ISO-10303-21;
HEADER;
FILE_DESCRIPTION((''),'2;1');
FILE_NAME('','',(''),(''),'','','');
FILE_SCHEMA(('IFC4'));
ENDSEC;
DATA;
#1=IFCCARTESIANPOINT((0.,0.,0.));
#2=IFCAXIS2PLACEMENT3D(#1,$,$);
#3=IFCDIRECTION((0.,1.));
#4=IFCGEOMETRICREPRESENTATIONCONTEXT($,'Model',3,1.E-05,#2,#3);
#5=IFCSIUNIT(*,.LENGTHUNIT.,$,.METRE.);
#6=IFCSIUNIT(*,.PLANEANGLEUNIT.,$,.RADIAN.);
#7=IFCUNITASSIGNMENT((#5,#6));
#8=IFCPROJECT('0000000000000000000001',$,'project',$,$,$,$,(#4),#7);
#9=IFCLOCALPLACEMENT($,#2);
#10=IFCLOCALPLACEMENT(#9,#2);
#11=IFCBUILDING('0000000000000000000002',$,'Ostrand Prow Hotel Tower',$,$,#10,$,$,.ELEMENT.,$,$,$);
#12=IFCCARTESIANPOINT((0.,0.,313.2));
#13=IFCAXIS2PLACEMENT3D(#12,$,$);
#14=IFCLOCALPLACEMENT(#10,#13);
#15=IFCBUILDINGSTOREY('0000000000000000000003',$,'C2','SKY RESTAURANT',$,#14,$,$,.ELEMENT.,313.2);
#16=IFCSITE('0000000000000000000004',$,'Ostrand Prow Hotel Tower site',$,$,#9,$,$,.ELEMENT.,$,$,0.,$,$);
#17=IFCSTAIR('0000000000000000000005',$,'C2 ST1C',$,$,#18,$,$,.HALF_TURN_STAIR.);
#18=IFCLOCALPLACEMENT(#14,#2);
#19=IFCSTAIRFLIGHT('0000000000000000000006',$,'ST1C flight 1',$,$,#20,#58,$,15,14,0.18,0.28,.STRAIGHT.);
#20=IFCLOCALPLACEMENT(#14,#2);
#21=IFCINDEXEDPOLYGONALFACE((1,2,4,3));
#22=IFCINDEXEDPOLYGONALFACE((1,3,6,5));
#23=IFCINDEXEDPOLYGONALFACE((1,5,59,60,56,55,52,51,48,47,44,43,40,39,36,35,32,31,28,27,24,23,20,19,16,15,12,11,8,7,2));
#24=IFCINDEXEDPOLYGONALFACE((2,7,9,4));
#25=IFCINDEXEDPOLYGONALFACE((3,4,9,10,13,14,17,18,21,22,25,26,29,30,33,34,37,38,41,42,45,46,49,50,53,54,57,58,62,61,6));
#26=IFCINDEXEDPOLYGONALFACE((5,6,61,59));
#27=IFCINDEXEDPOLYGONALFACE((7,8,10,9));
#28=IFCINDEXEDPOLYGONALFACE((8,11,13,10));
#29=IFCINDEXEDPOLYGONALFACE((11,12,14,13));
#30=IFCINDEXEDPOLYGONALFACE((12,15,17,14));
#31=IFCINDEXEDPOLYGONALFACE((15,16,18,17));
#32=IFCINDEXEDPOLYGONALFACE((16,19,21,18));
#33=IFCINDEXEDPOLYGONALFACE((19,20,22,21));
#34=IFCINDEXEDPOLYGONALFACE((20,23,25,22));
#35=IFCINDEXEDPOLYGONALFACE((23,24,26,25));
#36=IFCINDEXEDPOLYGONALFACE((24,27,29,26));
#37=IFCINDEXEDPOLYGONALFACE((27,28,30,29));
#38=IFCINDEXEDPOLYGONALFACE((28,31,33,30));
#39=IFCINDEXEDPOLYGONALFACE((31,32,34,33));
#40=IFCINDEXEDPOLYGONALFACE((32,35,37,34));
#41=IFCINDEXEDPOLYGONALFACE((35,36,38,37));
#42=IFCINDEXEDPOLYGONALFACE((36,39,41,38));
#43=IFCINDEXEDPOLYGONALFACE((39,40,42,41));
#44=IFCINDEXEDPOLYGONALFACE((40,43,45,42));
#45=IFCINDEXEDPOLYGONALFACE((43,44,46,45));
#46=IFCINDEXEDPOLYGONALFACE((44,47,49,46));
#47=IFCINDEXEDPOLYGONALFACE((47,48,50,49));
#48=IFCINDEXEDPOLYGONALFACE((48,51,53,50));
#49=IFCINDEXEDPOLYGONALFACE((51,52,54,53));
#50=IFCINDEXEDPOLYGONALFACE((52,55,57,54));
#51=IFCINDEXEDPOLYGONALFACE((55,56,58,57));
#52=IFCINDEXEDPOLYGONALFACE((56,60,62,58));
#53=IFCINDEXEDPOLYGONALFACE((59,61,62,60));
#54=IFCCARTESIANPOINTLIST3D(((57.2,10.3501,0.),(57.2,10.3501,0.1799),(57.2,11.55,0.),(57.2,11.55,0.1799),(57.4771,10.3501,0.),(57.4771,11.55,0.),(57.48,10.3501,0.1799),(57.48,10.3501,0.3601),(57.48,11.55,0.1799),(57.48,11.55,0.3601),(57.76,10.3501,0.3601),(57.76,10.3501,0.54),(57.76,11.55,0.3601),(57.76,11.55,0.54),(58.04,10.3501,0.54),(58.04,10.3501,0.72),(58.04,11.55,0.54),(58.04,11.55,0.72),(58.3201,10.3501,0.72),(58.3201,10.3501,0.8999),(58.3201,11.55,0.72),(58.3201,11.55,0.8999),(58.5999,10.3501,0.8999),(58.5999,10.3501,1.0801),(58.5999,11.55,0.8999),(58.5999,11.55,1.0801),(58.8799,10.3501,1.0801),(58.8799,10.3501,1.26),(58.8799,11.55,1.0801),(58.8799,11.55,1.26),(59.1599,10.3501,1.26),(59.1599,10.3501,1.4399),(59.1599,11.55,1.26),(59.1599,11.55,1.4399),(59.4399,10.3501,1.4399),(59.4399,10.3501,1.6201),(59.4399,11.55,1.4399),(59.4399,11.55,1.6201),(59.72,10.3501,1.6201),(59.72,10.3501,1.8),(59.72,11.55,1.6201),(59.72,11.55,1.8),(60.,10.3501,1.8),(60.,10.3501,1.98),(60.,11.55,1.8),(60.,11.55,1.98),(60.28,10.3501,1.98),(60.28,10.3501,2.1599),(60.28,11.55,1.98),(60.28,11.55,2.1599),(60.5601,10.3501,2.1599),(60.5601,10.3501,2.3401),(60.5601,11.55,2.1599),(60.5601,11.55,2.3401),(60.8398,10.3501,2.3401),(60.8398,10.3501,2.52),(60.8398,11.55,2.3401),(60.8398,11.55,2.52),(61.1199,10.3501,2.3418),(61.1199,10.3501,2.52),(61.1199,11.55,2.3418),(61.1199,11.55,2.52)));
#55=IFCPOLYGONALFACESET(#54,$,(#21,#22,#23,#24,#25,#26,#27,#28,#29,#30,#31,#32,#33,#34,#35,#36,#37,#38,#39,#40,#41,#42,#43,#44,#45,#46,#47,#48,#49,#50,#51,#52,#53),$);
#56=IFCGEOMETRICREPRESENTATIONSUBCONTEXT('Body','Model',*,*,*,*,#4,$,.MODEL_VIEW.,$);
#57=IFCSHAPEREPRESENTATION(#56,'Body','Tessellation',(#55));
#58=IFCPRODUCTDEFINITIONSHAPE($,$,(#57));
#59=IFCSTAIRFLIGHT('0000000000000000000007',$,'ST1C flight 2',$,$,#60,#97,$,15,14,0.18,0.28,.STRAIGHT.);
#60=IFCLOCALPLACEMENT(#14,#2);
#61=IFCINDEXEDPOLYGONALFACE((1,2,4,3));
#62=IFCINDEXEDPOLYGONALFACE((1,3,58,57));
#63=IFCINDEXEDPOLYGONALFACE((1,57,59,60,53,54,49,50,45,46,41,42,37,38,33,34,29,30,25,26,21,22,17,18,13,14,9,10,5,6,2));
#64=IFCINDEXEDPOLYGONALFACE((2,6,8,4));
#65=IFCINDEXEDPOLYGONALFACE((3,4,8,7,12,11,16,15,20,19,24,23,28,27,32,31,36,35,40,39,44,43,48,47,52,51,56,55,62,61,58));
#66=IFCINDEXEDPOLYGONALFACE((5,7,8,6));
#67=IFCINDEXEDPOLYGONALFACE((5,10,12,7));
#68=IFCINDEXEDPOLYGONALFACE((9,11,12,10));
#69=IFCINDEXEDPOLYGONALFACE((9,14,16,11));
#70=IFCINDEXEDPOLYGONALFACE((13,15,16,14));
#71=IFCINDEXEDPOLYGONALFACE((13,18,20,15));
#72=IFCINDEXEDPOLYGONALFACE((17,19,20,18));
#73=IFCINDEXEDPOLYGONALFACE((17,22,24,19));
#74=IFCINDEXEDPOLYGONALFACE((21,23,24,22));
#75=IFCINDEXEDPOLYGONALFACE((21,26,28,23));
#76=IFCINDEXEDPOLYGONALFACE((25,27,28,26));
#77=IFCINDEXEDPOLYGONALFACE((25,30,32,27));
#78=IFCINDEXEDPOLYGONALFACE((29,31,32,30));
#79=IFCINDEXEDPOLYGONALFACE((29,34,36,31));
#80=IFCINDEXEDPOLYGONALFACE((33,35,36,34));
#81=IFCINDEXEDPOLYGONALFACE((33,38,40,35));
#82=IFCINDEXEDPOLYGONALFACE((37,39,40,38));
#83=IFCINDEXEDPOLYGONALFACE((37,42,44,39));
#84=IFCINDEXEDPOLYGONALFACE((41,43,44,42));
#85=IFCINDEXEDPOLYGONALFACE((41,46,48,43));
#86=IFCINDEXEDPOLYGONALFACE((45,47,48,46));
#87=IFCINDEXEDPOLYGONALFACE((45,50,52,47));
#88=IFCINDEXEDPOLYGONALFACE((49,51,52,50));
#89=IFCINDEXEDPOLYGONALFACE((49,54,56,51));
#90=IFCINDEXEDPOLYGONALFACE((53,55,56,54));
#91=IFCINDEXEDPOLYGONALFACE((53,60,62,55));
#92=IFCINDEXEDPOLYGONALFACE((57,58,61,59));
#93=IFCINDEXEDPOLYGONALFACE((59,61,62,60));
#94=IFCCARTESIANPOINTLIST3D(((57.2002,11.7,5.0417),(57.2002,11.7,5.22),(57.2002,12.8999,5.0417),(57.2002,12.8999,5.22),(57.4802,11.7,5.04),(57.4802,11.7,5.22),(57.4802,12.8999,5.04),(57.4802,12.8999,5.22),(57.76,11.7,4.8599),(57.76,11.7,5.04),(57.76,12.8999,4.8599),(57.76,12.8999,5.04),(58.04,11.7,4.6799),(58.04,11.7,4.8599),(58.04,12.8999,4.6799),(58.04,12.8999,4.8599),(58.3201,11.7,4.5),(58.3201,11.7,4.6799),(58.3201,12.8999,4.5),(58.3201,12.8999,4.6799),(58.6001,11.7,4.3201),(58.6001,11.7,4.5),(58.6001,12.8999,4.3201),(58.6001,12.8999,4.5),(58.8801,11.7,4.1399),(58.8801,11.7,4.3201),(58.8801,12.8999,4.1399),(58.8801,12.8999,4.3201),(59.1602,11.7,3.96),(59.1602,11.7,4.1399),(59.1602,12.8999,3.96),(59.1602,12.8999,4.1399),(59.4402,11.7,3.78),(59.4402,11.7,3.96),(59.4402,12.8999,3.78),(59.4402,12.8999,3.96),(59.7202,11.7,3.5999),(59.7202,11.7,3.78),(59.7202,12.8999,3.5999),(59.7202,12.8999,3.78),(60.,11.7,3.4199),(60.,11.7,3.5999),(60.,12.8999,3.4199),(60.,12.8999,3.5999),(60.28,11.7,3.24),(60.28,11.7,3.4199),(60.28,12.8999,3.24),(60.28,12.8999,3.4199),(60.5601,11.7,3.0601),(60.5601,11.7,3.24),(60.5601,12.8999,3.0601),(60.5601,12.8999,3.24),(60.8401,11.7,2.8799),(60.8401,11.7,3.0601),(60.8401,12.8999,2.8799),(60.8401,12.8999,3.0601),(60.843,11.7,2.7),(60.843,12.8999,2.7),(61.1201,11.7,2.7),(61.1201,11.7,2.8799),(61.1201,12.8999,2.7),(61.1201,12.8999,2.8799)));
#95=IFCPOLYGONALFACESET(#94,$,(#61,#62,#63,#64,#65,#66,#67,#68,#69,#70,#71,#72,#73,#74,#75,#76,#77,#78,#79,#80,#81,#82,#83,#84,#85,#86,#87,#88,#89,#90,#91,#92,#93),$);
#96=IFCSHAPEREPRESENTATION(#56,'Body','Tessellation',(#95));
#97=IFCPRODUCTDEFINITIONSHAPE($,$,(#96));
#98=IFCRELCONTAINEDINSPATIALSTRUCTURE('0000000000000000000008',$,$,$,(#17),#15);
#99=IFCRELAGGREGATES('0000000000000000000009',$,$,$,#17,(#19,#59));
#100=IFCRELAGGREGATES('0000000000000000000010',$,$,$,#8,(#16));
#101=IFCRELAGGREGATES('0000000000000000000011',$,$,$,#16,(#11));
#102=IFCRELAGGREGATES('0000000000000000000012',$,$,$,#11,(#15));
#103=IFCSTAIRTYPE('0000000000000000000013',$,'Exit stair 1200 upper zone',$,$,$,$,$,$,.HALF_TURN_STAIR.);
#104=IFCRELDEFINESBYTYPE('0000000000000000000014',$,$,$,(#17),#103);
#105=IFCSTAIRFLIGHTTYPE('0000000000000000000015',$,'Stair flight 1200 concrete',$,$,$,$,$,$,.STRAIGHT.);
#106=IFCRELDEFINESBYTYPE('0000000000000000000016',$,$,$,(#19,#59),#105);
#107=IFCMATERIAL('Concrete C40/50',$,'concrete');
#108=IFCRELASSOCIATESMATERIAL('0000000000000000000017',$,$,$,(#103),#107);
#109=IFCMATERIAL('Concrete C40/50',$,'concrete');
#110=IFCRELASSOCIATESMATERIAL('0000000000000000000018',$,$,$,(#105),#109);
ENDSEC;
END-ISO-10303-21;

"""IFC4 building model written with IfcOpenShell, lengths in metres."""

from ifc_helpers import new_model, si_unit, direction, frame, origin, place, context, subcontext, project, spatial, polyline, outline, extrude, material, type_object, element, aggregate, save


model = new_model("IFC4")

# Units and contexts
model_context = context("Model", 3, precision=1e-05, world=origin(), true_north=direction((0.0, 1.0)))
body_context = subcontext(model_context, "Body", "Model", "MODEL_VIEW")
ifc_project = project(units=[si_unit("LENGTHUNIT", "METRE"), si_unit("PLANEANGLEUNIT", "RADIAN")], contexts=[model_context])

# Site, building, storey
site_placement = place(None, origin())
site = spatial("IfcSite", under=ifc_project, at=site_placement, Name="Ostrand Prow Hotel Tower site", CompositionType="ELEMENT", RefElevation=0.0)
building_placement = place(site_placement, origin())
building = spatial("IfcBuilding", under=site, at=building_placement, Name="Ostrand Prow Hotel Tower", CompositionType="ELEMENT")
storey_placement = place(building_placement, frame((0.0, 0.0, 313.2)))
storey = spatial("IfcBuildingStorey", under=building, at=storey_placement, Name="C2", Description="SKY RESTAURANT", CompositionType="ELEMENT", Elevation=313.2)

# Stair, stair flights
ifc_material_1 = material(Name="Concrete C40/50", Category="concrete")
stair_type = type_object("IfcStairType", Name="Exit stair 1200 upper zone", PredefinedType="HALF_TURN_STAIR", material=ifc_material_1)
stair_placement = place(storey_placement, origin())
stair = element("IfcStair", 1, at=stair_placement, inside=storey, type_object=stair_type, Name="C2 ST1C", PredefinedType="HALF_TURN_STAIR")
ifc_material_2 = material(Name="Concrete C40/50", Category="concrete")
stair_flight_type = type_object("IfcStairFlightType", Name="Stair flight 1200 concrete", PredefinedType="STRAIGHT", material=ifc_material_2)
stair_flight_1_placement = place(storey_placement, frame((57.2, 10.95, 0.0), z_axis=(0.0, 0.0, 1.0), x_axis=(1.0, 0.0, 0.0)))
stair_flight_1 = element("IfcStairFlight", 2, at=stair_flight_1_placement, type_object=stair_flight_type, Name="ST1C flight 1", NumberOfRisers=15, NumberOfTreads=14, PredefinedType="STRAIGHT", RiserHeight=0.18, TreadLength=0.28, context=body_context, shape_type="SweptSolid", body=[
    extrude(outline(polyline([(0.0, 0.0), (0.0, 0.1799), (0.28, 0.1799), (0.28, 0.3601), (0.5601, 0.3601), (0.5601, 0.54), (0.8401, 0.54), (0.8401, 0.72), (1.1201, 0.72), (1.1201, 0.8999), (1.3999, 0.8999), (1.3999, 1.0801), (1.6799, 1.0801), (1.6799, 1.26), (1.96, 1.26), (1.96, 1.4399), (2.24, 1.4399), (2.24, 1.6201), (2.52, 1.6201), (2.52, 1.8), (2.8, 1.8), (2.8, 1.98), (3.0801, 1.98), (3.0801, 2.1599), (3.3601, 2.1599), (3.3601, 2.3401), (3.6399, 2.3401), (3.6399, 2.52), (3.9199, 2.52), (3.9199, 2.7), (3.9199, 2.3418), (0.2771, 0.0), (0.0, 0.0)])), frame((0.0, 0.6001, 0.0), z_axis=(0.0, -1.0, 0.0), x_axis=(1.0, 0.0, 0.0)), (0.0, 0.0, 1.0), 1.2),
])
stair_flight_2_placement = place(storey_placement, frame((61.1201, 12.3, 2.7), z_axis=(0.0, 0.0, 1.0), x_axis=(-1.0, 0.0, 0.0)))
stair_flight_2 = element("IfcStairFlight", 3, at=stair_flight_2_placement, type_object=stair_flight_type, Name="ST1C flight 2", NumberOfRisers=15, NumberOfTreads=14, PredefinedType="STRAIGHT", RiserHeight=0.18, TreadLength=0.28, context=body_context, shape_type="SweptSolid", body=[
    extrude(outline(polyline([(0.0, 0.0), (0.0, 0.1799), (0.28, 0.1799), (0.28, 0.3601), (0.5601, 0.3601), (0.5601, 0.54), (0.8401, 0.54), (0.8401, 0.72), (1.1201, 0.72), (1.1201, 0.8999), (1.3999, 0.8999), (1.3999, 1.0801), (1.6799, 1.0801), (1.6799, 1.26), (1.96, 1.26), (1.96, 1.4399), (2.24, 1.4399), (2.24, 1.6201), (2.52, 1.6201), (2.52, 1.8), (2.8, 1.8), (2.8, 1.98), (3.0801, 1.98), (3.0801, 2.1599), (3.3601, 2.1599), (3.3601, 2.3401), (3.6399, 2.3401), (3.6399, 2.52), (3.9199, 2.52), (3.9199, 2.7), (3.9199, 2.3418), (0.2771, 0.0), (0.0, 0.0)])), frame((0.0, 0.6001, 0.0), z_axis=(0.0, -1.0, 0.0), x_axis=(1.0, 0.0, 0.0)), (0.0, 0.0, 1.0), 1.2),
])
aggregate(stair, [stair_flight_1, stair_flight_2])

save(model, "model.ifc")
